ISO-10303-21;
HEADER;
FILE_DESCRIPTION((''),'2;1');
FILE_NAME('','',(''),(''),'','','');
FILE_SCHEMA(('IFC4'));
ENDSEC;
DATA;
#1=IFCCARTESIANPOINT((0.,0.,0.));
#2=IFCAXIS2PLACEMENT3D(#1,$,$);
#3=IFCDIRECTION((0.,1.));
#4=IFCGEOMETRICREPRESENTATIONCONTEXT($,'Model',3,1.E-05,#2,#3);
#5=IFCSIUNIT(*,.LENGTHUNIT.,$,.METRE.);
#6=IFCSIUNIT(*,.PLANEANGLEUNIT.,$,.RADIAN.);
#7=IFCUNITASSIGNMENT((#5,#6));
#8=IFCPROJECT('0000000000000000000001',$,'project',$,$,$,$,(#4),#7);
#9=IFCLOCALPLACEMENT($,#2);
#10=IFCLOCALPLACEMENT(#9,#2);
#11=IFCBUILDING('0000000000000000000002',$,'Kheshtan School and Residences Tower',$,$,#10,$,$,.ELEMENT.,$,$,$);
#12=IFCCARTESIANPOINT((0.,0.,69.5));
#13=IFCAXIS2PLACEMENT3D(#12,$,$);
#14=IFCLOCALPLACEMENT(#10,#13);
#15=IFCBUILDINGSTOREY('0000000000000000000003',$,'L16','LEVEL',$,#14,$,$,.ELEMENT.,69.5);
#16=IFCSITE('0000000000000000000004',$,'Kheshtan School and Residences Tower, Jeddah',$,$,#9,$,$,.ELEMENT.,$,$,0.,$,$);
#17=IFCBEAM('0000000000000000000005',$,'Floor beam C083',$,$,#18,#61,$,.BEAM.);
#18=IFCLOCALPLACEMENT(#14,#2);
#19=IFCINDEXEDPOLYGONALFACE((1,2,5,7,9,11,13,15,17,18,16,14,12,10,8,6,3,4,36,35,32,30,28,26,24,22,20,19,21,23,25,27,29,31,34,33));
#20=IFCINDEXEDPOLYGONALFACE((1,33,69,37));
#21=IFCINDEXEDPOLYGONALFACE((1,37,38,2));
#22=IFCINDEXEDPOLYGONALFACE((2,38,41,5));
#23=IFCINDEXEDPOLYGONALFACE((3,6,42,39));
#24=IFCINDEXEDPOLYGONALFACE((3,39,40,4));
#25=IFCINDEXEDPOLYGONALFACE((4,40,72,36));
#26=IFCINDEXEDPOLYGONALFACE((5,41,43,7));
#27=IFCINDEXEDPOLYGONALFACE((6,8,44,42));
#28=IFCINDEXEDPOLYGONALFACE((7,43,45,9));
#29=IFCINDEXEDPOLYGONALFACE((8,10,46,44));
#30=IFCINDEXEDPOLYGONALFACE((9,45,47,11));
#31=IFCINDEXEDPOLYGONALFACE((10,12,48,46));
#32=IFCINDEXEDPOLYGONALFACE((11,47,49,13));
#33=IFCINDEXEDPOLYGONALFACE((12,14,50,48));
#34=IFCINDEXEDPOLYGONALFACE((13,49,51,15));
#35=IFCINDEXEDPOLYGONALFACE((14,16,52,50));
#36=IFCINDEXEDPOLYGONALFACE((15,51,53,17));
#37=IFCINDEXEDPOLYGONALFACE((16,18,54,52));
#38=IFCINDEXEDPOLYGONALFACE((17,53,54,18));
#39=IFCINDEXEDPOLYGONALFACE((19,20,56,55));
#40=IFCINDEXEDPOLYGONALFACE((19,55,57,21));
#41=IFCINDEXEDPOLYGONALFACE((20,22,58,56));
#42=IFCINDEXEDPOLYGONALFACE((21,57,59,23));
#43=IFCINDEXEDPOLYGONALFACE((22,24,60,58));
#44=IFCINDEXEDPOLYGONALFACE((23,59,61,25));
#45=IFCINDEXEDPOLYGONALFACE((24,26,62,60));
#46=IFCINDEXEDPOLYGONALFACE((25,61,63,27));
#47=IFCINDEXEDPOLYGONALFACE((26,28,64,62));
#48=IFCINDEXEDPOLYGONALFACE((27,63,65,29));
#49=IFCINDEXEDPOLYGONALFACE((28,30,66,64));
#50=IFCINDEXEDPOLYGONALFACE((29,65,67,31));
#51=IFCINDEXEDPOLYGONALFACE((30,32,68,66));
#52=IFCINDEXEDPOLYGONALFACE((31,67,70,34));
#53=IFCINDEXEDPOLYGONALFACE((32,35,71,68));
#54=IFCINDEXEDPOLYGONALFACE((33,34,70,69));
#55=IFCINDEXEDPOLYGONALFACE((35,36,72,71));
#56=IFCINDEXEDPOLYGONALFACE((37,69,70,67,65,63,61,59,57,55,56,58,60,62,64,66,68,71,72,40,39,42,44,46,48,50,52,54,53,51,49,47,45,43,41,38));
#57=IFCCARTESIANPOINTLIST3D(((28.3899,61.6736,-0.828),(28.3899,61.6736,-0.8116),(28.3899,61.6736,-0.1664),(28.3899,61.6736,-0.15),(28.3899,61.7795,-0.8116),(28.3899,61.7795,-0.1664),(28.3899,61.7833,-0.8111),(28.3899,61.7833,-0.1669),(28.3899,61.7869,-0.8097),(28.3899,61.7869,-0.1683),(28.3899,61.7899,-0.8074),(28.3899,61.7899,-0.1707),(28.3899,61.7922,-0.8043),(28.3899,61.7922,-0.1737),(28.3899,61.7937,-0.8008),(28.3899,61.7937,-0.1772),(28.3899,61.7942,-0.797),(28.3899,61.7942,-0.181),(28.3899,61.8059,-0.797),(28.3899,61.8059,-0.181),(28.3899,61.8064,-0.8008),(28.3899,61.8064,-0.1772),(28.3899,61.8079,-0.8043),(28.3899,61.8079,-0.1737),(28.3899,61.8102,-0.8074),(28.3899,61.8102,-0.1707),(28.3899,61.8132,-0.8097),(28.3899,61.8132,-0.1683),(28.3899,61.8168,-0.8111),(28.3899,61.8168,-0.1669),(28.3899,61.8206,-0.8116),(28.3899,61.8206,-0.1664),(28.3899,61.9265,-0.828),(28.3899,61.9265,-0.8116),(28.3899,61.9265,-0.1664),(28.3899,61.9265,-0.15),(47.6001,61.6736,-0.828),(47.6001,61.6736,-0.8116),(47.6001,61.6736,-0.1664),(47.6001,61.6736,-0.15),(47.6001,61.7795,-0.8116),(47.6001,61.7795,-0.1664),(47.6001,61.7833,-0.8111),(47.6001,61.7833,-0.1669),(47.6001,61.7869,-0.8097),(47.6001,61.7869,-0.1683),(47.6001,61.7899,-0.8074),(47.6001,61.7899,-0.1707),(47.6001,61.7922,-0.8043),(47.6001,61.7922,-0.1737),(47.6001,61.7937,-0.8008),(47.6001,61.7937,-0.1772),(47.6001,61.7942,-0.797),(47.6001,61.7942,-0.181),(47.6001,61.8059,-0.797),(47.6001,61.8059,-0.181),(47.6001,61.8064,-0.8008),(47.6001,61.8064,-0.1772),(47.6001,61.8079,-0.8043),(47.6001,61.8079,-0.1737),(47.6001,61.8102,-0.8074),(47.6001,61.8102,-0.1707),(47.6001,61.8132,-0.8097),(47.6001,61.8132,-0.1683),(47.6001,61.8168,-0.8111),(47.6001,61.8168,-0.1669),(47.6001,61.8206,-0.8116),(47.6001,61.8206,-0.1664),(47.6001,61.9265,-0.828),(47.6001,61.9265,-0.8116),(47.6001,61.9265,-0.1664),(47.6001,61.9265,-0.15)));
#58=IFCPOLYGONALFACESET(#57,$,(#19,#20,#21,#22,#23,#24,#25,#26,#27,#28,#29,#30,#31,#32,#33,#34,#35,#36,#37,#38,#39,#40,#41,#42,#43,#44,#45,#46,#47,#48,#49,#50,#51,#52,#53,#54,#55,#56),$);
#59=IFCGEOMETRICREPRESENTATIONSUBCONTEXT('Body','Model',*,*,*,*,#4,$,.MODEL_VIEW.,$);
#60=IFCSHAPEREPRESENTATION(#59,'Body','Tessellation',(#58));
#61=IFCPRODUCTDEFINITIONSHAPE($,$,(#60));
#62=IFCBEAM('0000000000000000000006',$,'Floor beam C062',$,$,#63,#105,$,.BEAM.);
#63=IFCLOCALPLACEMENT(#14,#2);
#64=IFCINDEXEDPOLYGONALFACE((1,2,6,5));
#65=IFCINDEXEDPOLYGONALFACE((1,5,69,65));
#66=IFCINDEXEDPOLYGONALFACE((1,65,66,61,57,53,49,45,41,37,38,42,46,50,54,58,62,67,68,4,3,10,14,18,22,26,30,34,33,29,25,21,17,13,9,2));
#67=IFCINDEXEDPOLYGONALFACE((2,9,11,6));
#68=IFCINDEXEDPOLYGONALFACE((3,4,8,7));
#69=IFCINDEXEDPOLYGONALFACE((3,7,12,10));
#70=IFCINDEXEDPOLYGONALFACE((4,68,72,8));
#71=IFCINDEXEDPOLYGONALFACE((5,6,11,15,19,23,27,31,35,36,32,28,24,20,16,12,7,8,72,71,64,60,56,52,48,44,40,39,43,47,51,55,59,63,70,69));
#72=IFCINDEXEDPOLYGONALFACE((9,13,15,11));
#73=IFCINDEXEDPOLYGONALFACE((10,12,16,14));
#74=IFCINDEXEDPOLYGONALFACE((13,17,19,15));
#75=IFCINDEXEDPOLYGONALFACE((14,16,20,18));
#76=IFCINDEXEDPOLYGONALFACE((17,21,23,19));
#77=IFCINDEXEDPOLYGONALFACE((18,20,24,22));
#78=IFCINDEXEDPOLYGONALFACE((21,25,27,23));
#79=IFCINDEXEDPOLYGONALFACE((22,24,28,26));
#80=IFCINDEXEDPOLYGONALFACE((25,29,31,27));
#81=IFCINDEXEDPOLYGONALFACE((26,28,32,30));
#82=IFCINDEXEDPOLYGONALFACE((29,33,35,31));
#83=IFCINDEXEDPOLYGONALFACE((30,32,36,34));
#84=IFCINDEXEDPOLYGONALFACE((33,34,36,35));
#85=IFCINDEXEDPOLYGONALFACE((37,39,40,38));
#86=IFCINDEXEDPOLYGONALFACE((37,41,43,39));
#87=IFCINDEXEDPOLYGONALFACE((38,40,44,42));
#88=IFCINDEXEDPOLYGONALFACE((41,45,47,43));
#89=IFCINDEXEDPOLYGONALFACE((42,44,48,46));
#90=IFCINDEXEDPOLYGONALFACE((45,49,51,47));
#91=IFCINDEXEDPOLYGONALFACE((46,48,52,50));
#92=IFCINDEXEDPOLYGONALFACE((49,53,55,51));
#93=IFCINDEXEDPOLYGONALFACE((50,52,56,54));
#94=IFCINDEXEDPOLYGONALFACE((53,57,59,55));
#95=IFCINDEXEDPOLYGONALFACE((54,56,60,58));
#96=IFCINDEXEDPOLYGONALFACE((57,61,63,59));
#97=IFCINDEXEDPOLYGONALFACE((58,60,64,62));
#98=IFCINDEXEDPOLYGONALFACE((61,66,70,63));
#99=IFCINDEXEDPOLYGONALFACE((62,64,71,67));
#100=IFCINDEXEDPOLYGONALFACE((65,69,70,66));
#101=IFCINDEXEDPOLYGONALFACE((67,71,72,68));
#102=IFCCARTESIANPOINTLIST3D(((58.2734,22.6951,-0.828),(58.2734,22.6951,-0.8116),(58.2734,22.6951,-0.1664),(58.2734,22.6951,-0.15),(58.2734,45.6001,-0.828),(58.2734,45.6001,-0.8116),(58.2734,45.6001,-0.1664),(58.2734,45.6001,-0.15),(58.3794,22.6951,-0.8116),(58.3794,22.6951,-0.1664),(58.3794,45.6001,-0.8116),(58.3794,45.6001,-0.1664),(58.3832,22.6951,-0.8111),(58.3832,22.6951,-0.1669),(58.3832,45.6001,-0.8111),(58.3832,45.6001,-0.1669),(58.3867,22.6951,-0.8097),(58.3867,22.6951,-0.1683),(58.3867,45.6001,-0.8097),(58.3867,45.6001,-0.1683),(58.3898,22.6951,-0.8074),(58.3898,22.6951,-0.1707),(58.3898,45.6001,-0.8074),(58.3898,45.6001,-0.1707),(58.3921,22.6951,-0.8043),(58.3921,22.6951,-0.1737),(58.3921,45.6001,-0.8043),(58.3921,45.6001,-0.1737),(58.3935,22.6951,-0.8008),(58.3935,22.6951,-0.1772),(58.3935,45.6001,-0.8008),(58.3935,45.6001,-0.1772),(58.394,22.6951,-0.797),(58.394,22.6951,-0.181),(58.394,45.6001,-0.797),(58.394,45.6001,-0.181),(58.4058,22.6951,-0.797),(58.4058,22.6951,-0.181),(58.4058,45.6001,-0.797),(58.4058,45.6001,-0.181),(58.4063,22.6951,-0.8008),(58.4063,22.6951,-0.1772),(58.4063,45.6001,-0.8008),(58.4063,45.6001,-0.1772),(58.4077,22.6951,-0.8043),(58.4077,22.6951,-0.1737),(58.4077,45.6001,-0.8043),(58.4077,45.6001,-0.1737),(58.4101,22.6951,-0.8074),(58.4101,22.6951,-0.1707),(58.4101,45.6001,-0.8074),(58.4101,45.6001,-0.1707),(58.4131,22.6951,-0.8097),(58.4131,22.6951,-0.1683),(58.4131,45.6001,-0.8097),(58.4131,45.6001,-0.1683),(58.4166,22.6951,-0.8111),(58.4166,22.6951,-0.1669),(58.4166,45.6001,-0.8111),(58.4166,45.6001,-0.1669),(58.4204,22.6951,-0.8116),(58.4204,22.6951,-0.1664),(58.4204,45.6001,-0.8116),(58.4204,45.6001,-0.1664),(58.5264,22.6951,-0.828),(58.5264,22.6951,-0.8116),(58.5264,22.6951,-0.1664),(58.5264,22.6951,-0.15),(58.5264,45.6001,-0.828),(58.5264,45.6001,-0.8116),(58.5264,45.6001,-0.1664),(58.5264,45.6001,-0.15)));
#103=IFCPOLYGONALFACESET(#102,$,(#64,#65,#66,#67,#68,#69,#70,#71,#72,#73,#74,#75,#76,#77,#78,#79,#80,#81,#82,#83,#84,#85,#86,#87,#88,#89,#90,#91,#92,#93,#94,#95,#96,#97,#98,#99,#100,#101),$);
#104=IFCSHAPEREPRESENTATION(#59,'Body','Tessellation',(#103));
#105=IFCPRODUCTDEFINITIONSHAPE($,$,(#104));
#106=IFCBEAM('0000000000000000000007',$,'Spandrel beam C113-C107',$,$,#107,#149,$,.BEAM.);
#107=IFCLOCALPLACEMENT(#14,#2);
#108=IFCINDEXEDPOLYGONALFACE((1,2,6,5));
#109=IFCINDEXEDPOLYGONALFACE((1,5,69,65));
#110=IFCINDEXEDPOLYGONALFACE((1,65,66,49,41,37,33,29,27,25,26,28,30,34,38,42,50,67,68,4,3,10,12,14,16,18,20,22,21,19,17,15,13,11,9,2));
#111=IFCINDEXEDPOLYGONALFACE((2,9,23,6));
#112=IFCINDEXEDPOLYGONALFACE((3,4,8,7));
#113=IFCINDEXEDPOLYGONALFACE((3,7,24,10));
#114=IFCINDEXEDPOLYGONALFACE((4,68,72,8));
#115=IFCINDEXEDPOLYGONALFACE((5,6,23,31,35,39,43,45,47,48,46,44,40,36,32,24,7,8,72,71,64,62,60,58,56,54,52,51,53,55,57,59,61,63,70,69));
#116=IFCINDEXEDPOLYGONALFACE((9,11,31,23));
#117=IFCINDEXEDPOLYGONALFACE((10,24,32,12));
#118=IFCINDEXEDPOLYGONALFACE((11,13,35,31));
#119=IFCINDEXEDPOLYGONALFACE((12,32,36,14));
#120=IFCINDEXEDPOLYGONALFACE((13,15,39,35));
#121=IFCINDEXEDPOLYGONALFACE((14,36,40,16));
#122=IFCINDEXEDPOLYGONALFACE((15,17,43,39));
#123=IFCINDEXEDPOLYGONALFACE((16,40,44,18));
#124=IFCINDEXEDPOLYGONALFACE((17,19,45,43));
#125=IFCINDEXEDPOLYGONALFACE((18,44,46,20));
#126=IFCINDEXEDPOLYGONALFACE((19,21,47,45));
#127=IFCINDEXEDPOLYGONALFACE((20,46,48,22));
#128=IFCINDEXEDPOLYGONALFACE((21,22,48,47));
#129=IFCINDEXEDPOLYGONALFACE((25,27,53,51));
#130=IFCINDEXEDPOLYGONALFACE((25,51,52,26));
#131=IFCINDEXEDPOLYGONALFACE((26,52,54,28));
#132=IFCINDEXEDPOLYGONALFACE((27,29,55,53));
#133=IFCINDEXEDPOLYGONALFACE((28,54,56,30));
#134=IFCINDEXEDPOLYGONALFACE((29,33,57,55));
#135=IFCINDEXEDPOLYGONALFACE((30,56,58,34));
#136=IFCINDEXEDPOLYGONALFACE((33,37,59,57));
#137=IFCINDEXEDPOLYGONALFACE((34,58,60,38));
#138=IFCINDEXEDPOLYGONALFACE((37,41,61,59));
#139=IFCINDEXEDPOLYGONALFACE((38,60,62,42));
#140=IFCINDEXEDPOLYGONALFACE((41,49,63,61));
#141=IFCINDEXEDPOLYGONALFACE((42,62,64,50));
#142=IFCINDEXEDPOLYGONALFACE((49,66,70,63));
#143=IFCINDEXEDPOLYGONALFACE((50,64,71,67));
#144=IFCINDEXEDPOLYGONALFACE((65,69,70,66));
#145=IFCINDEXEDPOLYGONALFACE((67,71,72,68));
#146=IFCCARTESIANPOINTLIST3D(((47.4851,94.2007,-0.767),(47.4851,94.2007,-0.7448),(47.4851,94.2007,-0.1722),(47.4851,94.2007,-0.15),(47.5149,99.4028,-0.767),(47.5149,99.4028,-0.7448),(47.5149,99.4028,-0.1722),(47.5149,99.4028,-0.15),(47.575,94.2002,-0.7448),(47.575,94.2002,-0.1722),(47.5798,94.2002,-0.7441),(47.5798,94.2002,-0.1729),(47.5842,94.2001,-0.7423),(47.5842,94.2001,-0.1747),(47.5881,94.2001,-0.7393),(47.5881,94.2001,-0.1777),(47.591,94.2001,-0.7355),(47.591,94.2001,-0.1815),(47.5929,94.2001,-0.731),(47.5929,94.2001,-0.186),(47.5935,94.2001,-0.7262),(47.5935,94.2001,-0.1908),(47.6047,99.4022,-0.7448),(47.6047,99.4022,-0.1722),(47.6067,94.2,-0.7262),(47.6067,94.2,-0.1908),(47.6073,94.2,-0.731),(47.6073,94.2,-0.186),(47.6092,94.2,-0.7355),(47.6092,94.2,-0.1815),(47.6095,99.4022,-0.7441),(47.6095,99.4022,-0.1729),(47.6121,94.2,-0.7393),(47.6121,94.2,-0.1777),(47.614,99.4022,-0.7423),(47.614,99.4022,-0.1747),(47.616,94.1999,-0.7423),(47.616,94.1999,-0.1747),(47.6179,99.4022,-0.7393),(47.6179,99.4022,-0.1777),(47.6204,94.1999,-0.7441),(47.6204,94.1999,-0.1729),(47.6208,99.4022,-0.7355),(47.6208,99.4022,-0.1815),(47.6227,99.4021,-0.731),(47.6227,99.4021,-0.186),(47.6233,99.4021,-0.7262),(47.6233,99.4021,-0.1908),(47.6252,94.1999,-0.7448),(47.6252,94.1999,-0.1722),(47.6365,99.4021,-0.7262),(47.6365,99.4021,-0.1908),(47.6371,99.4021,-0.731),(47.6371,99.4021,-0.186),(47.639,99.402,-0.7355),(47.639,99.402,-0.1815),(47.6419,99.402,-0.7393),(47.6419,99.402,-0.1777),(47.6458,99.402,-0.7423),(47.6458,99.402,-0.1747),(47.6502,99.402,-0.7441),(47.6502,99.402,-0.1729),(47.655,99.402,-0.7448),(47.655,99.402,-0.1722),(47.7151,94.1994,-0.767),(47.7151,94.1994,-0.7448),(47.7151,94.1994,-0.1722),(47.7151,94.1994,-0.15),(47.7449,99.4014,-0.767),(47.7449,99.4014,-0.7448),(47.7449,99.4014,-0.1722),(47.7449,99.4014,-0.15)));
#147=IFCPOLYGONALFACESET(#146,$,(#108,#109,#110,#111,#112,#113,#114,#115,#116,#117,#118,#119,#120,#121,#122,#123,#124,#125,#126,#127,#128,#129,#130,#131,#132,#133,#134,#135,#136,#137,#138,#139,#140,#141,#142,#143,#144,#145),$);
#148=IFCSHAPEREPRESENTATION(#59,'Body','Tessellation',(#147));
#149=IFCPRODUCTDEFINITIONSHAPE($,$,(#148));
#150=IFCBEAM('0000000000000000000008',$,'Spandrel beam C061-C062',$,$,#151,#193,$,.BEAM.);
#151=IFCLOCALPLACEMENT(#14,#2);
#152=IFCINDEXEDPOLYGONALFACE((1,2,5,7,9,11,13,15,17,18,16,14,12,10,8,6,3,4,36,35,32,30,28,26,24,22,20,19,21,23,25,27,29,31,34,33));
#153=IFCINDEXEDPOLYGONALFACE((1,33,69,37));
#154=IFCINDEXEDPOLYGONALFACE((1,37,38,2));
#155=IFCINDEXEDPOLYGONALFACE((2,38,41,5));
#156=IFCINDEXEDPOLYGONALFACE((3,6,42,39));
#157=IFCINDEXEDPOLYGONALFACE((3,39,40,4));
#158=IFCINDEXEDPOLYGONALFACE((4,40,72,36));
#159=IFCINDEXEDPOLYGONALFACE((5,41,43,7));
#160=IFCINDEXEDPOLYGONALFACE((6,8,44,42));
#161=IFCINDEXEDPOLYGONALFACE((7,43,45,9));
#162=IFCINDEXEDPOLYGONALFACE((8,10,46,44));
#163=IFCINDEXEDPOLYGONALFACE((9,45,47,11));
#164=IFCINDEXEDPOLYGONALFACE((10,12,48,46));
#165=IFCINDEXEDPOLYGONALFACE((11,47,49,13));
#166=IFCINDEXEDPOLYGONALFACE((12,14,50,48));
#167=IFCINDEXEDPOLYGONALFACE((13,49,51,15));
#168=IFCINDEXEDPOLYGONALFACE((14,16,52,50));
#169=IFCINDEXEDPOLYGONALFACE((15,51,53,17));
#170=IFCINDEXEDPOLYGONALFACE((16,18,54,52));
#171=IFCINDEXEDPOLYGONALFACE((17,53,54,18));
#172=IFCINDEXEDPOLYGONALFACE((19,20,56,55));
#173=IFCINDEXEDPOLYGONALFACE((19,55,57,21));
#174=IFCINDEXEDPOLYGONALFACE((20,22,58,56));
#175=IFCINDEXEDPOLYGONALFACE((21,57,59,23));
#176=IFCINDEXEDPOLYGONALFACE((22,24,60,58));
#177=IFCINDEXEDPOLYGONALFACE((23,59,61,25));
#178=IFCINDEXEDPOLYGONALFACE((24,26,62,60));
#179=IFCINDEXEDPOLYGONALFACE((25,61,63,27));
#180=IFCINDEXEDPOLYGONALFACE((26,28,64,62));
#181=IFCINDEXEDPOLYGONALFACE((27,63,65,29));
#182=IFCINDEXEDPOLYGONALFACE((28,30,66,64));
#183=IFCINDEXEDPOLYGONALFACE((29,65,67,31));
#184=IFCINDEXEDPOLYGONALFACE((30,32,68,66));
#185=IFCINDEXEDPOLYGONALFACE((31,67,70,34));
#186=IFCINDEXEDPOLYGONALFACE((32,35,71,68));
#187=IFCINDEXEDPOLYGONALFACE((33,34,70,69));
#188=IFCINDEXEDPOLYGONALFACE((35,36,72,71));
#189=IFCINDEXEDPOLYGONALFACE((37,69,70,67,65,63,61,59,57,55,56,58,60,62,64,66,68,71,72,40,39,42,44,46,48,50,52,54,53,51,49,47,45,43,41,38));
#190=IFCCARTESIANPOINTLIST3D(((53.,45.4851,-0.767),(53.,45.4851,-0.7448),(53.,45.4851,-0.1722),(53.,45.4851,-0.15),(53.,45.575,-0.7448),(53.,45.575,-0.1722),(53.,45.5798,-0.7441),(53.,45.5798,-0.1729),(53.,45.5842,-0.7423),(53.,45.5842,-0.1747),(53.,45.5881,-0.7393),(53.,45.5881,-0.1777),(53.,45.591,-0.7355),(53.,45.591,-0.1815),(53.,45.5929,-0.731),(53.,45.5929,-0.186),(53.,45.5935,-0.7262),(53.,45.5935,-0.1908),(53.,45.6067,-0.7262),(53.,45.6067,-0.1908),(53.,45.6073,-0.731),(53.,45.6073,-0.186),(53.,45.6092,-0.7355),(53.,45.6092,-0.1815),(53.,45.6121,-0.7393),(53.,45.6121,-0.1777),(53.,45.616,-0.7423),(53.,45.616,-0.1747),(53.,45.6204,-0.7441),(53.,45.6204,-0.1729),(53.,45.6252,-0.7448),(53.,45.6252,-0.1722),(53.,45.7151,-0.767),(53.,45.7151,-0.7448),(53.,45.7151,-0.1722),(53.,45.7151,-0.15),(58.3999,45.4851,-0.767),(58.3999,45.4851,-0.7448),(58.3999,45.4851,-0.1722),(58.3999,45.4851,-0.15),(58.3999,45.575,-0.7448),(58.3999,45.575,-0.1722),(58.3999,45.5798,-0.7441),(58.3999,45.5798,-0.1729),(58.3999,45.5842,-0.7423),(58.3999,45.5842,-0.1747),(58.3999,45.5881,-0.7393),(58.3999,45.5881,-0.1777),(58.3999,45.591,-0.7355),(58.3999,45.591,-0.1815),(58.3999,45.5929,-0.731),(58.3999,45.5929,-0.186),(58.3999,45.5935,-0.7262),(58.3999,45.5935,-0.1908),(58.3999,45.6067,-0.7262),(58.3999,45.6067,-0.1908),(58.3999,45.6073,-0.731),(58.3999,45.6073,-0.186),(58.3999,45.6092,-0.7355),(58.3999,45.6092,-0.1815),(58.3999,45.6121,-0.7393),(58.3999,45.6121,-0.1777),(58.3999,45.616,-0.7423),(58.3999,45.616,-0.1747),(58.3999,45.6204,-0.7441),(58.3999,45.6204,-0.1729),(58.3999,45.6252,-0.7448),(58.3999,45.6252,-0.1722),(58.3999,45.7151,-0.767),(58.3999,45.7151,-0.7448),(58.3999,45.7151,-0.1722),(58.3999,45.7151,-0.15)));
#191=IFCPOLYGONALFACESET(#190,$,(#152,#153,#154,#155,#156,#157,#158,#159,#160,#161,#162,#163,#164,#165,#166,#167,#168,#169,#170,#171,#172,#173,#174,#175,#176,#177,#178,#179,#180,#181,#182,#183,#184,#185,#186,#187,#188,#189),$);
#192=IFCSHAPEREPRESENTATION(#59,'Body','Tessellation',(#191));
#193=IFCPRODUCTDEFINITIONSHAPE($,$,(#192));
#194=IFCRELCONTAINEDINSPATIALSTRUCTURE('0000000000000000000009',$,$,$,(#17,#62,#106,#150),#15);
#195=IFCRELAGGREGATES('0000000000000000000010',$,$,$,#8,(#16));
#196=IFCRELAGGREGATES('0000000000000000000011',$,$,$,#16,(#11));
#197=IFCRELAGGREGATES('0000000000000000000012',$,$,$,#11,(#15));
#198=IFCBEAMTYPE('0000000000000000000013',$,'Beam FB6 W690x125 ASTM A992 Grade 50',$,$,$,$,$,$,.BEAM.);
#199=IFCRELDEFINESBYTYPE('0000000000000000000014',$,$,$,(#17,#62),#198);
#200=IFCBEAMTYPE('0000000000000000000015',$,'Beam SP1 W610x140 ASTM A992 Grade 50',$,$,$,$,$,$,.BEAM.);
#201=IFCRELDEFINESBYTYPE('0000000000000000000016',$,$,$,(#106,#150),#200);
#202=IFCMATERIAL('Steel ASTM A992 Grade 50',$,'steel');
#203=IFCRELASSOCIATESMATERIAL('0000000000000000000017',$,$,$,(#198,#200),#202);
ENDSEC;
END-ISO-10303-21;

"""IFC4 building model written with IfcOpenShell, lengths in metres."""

from ifc_helpers import new_model, si_unit, direction, frame, origin, origin_2d, place, context, subcontext, project, spatial, i_section, extrude, material, material_profile, profile_set, type_object, element, save


model = new_model("IFC4")

# Units and contexts
model_context = context("Model", 3, precision=1e-05, world=origin(), true_north=direction((0.0, 1.0)))
body_context = subcontext(model_context, "Body", "Model", "MODEL_VIEW")
ifc_project = project(units=[si_unit("LENGTHUNIT", "METRE"), si_unit("PLANEANGLEUNIT", "RADIAN")], contexts=[model_context])

# Site, building, storey
site_placement = place(None, origin())
site = spatial("IfcSite", under=ifc_project, at=site_placement, Name="Kheshtan School and Residences Tower, Jeddah", CompositionType="ELEMENT", RefElevation=0.0)
building_placement = place(site_placement, origin())
building = spatial("IfcBuilding", under=site, at=building_placement, Name="Kheshtan School and Residences Tower", CompositionType="ELEMENT")
storey_placement = place(building_placement, frame((0.0, 0.0, 69.5)))
storey = spatial("IfcBuildingStorey", under=building, at=storey_placement, Name="L16", Description="LEVEL", CompositionType="ELEMENT", Elevation=69.5)

# Shared definitions
ifc_material_1 = material(Name="Steel ASTM A992 Grade 50", Category="steel")

# Beams
ifc_material_profile_1 = material_profile(ifc_material_1, i_section(OverallWidth=0.2529, OverallDepth=0.678, WebThickness=0.0117, FlangeThickness=0.0164, FilletRadius=0.0146, at=origin_2d()), Name="W690x125")
ifc_profile_set_1 = profile_set([ifc_material_profile_1], Name="Steel ASTM A992 Grade 50")
beam_type_1 = type_object("IfcBeamType", Name="Beam FB6 W690x125 ASTM A992 Grade 50", PredefinedType="BEAM", material=ifc_profile_set_1)
beam_1_placement = place(storey_placement, frame((47.6001, 61.8, -0.489), z_axis=(-1.0, 0.0, 0.0), x_axis=(0.0, -1.0, 0.0)))
element("IfcBeam", 1, at=beam_1_placement, inside=storey, type_object=beam_type_1, Name="Floor beam C083", PredefinedType="BEAM", context=body_context, shape_type="SweptSolid", body=[
    extrude(i_section(OverallWidth=0.2529, OverallDepth=0.678, WebThickness=0.0117, FlangeThickness=0.0164, FilletRadius=0.0146, at=origin_2d()), origin(), (0.0, 0.0, 1.0), 19.2102),
])
beam_2_placement = place(storey_placement, frame((58.3999, 45.6001, -0.489), z_axis=(0.0, -1.0, 0.0), x_axis=(1.0, 0.0, 0.0)))
element("IfcBeam", 2, at=beam_2_placement, inside=storey, type_object=beam_type_1, Name="Floor beam C062", PredefinedType="BEAM", context=body_context, shape_type="SweptSolid", body=[
    extrude(i_section(OverallWidth=0.2529, OverallDepth=0.678, WebThickness=0.0117, FlangeThickness=0.0164, FilletRadius=0.0146, at=origin_2d()), origin(), (0.0, 0.0, 1.0), 22.905),
])
ifc_material_profile_2 = material_profile(ifc_material_1, i_section(OverallWidth=0.23, OverallDepth=0.6169, WebThickness=0.0132, FlangeThickness=0.0222, FilletRadius=0.0186, at=origin_2d()), Name="W610x140")
ifc_profile_set_2 = profile_set([ifc_material_profile_2], Name="Steel ASTM A992 Grade 50")
beam_type_2 = type_object("IfcBeamType", Name="Beam SP1 W610x140 ASTM A992 Grade 50", PredefinedType="BEAM", material=ifc_profile_set_2)
beam_3_placement = place(storey_placement, frame((47.6299, 99.4021, -0.4585), z_axis=(-0.005725, -0.999984, 0.0), x_axis=(0.999984, -0.005725, 0.0)))
element("IfcBeam", 3, at=beam_3_placement, inside=storey, type_object=beam_type_2, Name="Spandrel beam C113-C107", PredefinedType="BEAM", context=body_context, shape_type="SweptSolid", body=[
    extrude(i_section(OverallWidth=0.23, OverallDepth=0.6169, WebThickness=0.0132, FlangeThickness=0.0222, FilletRadius=0.0186, at=origin_2d()), origin(), (0.0, 0.0, 1.0), 5.2021),
])
beam_4_placement = place(storey_placement, frame((53.0, 45.6001, -0.4585), z_axis=(1.0, 0.0, 0.0), x_axis=(0.0, 1.0, 0.0)))
element("IfcBeam", 4, at=beam_4_placement, inside=storey, type_object=beam_type_2, Name="Spandrel beam C061-C062", PredefinedType="BEAM", context=body_context, shape_type="SweptSolid", body=[
    extrude(i_section(OverallWidth=0.23, OverallDepth=0.6169, WebThickness=0.0132, FlangeThickness=0.0222, FilletRadius=0.0186, at=origin_2d()), origin(), (0.0, 0.0, 1.0), 5.3999),
])

save(model, "model.ifc")
